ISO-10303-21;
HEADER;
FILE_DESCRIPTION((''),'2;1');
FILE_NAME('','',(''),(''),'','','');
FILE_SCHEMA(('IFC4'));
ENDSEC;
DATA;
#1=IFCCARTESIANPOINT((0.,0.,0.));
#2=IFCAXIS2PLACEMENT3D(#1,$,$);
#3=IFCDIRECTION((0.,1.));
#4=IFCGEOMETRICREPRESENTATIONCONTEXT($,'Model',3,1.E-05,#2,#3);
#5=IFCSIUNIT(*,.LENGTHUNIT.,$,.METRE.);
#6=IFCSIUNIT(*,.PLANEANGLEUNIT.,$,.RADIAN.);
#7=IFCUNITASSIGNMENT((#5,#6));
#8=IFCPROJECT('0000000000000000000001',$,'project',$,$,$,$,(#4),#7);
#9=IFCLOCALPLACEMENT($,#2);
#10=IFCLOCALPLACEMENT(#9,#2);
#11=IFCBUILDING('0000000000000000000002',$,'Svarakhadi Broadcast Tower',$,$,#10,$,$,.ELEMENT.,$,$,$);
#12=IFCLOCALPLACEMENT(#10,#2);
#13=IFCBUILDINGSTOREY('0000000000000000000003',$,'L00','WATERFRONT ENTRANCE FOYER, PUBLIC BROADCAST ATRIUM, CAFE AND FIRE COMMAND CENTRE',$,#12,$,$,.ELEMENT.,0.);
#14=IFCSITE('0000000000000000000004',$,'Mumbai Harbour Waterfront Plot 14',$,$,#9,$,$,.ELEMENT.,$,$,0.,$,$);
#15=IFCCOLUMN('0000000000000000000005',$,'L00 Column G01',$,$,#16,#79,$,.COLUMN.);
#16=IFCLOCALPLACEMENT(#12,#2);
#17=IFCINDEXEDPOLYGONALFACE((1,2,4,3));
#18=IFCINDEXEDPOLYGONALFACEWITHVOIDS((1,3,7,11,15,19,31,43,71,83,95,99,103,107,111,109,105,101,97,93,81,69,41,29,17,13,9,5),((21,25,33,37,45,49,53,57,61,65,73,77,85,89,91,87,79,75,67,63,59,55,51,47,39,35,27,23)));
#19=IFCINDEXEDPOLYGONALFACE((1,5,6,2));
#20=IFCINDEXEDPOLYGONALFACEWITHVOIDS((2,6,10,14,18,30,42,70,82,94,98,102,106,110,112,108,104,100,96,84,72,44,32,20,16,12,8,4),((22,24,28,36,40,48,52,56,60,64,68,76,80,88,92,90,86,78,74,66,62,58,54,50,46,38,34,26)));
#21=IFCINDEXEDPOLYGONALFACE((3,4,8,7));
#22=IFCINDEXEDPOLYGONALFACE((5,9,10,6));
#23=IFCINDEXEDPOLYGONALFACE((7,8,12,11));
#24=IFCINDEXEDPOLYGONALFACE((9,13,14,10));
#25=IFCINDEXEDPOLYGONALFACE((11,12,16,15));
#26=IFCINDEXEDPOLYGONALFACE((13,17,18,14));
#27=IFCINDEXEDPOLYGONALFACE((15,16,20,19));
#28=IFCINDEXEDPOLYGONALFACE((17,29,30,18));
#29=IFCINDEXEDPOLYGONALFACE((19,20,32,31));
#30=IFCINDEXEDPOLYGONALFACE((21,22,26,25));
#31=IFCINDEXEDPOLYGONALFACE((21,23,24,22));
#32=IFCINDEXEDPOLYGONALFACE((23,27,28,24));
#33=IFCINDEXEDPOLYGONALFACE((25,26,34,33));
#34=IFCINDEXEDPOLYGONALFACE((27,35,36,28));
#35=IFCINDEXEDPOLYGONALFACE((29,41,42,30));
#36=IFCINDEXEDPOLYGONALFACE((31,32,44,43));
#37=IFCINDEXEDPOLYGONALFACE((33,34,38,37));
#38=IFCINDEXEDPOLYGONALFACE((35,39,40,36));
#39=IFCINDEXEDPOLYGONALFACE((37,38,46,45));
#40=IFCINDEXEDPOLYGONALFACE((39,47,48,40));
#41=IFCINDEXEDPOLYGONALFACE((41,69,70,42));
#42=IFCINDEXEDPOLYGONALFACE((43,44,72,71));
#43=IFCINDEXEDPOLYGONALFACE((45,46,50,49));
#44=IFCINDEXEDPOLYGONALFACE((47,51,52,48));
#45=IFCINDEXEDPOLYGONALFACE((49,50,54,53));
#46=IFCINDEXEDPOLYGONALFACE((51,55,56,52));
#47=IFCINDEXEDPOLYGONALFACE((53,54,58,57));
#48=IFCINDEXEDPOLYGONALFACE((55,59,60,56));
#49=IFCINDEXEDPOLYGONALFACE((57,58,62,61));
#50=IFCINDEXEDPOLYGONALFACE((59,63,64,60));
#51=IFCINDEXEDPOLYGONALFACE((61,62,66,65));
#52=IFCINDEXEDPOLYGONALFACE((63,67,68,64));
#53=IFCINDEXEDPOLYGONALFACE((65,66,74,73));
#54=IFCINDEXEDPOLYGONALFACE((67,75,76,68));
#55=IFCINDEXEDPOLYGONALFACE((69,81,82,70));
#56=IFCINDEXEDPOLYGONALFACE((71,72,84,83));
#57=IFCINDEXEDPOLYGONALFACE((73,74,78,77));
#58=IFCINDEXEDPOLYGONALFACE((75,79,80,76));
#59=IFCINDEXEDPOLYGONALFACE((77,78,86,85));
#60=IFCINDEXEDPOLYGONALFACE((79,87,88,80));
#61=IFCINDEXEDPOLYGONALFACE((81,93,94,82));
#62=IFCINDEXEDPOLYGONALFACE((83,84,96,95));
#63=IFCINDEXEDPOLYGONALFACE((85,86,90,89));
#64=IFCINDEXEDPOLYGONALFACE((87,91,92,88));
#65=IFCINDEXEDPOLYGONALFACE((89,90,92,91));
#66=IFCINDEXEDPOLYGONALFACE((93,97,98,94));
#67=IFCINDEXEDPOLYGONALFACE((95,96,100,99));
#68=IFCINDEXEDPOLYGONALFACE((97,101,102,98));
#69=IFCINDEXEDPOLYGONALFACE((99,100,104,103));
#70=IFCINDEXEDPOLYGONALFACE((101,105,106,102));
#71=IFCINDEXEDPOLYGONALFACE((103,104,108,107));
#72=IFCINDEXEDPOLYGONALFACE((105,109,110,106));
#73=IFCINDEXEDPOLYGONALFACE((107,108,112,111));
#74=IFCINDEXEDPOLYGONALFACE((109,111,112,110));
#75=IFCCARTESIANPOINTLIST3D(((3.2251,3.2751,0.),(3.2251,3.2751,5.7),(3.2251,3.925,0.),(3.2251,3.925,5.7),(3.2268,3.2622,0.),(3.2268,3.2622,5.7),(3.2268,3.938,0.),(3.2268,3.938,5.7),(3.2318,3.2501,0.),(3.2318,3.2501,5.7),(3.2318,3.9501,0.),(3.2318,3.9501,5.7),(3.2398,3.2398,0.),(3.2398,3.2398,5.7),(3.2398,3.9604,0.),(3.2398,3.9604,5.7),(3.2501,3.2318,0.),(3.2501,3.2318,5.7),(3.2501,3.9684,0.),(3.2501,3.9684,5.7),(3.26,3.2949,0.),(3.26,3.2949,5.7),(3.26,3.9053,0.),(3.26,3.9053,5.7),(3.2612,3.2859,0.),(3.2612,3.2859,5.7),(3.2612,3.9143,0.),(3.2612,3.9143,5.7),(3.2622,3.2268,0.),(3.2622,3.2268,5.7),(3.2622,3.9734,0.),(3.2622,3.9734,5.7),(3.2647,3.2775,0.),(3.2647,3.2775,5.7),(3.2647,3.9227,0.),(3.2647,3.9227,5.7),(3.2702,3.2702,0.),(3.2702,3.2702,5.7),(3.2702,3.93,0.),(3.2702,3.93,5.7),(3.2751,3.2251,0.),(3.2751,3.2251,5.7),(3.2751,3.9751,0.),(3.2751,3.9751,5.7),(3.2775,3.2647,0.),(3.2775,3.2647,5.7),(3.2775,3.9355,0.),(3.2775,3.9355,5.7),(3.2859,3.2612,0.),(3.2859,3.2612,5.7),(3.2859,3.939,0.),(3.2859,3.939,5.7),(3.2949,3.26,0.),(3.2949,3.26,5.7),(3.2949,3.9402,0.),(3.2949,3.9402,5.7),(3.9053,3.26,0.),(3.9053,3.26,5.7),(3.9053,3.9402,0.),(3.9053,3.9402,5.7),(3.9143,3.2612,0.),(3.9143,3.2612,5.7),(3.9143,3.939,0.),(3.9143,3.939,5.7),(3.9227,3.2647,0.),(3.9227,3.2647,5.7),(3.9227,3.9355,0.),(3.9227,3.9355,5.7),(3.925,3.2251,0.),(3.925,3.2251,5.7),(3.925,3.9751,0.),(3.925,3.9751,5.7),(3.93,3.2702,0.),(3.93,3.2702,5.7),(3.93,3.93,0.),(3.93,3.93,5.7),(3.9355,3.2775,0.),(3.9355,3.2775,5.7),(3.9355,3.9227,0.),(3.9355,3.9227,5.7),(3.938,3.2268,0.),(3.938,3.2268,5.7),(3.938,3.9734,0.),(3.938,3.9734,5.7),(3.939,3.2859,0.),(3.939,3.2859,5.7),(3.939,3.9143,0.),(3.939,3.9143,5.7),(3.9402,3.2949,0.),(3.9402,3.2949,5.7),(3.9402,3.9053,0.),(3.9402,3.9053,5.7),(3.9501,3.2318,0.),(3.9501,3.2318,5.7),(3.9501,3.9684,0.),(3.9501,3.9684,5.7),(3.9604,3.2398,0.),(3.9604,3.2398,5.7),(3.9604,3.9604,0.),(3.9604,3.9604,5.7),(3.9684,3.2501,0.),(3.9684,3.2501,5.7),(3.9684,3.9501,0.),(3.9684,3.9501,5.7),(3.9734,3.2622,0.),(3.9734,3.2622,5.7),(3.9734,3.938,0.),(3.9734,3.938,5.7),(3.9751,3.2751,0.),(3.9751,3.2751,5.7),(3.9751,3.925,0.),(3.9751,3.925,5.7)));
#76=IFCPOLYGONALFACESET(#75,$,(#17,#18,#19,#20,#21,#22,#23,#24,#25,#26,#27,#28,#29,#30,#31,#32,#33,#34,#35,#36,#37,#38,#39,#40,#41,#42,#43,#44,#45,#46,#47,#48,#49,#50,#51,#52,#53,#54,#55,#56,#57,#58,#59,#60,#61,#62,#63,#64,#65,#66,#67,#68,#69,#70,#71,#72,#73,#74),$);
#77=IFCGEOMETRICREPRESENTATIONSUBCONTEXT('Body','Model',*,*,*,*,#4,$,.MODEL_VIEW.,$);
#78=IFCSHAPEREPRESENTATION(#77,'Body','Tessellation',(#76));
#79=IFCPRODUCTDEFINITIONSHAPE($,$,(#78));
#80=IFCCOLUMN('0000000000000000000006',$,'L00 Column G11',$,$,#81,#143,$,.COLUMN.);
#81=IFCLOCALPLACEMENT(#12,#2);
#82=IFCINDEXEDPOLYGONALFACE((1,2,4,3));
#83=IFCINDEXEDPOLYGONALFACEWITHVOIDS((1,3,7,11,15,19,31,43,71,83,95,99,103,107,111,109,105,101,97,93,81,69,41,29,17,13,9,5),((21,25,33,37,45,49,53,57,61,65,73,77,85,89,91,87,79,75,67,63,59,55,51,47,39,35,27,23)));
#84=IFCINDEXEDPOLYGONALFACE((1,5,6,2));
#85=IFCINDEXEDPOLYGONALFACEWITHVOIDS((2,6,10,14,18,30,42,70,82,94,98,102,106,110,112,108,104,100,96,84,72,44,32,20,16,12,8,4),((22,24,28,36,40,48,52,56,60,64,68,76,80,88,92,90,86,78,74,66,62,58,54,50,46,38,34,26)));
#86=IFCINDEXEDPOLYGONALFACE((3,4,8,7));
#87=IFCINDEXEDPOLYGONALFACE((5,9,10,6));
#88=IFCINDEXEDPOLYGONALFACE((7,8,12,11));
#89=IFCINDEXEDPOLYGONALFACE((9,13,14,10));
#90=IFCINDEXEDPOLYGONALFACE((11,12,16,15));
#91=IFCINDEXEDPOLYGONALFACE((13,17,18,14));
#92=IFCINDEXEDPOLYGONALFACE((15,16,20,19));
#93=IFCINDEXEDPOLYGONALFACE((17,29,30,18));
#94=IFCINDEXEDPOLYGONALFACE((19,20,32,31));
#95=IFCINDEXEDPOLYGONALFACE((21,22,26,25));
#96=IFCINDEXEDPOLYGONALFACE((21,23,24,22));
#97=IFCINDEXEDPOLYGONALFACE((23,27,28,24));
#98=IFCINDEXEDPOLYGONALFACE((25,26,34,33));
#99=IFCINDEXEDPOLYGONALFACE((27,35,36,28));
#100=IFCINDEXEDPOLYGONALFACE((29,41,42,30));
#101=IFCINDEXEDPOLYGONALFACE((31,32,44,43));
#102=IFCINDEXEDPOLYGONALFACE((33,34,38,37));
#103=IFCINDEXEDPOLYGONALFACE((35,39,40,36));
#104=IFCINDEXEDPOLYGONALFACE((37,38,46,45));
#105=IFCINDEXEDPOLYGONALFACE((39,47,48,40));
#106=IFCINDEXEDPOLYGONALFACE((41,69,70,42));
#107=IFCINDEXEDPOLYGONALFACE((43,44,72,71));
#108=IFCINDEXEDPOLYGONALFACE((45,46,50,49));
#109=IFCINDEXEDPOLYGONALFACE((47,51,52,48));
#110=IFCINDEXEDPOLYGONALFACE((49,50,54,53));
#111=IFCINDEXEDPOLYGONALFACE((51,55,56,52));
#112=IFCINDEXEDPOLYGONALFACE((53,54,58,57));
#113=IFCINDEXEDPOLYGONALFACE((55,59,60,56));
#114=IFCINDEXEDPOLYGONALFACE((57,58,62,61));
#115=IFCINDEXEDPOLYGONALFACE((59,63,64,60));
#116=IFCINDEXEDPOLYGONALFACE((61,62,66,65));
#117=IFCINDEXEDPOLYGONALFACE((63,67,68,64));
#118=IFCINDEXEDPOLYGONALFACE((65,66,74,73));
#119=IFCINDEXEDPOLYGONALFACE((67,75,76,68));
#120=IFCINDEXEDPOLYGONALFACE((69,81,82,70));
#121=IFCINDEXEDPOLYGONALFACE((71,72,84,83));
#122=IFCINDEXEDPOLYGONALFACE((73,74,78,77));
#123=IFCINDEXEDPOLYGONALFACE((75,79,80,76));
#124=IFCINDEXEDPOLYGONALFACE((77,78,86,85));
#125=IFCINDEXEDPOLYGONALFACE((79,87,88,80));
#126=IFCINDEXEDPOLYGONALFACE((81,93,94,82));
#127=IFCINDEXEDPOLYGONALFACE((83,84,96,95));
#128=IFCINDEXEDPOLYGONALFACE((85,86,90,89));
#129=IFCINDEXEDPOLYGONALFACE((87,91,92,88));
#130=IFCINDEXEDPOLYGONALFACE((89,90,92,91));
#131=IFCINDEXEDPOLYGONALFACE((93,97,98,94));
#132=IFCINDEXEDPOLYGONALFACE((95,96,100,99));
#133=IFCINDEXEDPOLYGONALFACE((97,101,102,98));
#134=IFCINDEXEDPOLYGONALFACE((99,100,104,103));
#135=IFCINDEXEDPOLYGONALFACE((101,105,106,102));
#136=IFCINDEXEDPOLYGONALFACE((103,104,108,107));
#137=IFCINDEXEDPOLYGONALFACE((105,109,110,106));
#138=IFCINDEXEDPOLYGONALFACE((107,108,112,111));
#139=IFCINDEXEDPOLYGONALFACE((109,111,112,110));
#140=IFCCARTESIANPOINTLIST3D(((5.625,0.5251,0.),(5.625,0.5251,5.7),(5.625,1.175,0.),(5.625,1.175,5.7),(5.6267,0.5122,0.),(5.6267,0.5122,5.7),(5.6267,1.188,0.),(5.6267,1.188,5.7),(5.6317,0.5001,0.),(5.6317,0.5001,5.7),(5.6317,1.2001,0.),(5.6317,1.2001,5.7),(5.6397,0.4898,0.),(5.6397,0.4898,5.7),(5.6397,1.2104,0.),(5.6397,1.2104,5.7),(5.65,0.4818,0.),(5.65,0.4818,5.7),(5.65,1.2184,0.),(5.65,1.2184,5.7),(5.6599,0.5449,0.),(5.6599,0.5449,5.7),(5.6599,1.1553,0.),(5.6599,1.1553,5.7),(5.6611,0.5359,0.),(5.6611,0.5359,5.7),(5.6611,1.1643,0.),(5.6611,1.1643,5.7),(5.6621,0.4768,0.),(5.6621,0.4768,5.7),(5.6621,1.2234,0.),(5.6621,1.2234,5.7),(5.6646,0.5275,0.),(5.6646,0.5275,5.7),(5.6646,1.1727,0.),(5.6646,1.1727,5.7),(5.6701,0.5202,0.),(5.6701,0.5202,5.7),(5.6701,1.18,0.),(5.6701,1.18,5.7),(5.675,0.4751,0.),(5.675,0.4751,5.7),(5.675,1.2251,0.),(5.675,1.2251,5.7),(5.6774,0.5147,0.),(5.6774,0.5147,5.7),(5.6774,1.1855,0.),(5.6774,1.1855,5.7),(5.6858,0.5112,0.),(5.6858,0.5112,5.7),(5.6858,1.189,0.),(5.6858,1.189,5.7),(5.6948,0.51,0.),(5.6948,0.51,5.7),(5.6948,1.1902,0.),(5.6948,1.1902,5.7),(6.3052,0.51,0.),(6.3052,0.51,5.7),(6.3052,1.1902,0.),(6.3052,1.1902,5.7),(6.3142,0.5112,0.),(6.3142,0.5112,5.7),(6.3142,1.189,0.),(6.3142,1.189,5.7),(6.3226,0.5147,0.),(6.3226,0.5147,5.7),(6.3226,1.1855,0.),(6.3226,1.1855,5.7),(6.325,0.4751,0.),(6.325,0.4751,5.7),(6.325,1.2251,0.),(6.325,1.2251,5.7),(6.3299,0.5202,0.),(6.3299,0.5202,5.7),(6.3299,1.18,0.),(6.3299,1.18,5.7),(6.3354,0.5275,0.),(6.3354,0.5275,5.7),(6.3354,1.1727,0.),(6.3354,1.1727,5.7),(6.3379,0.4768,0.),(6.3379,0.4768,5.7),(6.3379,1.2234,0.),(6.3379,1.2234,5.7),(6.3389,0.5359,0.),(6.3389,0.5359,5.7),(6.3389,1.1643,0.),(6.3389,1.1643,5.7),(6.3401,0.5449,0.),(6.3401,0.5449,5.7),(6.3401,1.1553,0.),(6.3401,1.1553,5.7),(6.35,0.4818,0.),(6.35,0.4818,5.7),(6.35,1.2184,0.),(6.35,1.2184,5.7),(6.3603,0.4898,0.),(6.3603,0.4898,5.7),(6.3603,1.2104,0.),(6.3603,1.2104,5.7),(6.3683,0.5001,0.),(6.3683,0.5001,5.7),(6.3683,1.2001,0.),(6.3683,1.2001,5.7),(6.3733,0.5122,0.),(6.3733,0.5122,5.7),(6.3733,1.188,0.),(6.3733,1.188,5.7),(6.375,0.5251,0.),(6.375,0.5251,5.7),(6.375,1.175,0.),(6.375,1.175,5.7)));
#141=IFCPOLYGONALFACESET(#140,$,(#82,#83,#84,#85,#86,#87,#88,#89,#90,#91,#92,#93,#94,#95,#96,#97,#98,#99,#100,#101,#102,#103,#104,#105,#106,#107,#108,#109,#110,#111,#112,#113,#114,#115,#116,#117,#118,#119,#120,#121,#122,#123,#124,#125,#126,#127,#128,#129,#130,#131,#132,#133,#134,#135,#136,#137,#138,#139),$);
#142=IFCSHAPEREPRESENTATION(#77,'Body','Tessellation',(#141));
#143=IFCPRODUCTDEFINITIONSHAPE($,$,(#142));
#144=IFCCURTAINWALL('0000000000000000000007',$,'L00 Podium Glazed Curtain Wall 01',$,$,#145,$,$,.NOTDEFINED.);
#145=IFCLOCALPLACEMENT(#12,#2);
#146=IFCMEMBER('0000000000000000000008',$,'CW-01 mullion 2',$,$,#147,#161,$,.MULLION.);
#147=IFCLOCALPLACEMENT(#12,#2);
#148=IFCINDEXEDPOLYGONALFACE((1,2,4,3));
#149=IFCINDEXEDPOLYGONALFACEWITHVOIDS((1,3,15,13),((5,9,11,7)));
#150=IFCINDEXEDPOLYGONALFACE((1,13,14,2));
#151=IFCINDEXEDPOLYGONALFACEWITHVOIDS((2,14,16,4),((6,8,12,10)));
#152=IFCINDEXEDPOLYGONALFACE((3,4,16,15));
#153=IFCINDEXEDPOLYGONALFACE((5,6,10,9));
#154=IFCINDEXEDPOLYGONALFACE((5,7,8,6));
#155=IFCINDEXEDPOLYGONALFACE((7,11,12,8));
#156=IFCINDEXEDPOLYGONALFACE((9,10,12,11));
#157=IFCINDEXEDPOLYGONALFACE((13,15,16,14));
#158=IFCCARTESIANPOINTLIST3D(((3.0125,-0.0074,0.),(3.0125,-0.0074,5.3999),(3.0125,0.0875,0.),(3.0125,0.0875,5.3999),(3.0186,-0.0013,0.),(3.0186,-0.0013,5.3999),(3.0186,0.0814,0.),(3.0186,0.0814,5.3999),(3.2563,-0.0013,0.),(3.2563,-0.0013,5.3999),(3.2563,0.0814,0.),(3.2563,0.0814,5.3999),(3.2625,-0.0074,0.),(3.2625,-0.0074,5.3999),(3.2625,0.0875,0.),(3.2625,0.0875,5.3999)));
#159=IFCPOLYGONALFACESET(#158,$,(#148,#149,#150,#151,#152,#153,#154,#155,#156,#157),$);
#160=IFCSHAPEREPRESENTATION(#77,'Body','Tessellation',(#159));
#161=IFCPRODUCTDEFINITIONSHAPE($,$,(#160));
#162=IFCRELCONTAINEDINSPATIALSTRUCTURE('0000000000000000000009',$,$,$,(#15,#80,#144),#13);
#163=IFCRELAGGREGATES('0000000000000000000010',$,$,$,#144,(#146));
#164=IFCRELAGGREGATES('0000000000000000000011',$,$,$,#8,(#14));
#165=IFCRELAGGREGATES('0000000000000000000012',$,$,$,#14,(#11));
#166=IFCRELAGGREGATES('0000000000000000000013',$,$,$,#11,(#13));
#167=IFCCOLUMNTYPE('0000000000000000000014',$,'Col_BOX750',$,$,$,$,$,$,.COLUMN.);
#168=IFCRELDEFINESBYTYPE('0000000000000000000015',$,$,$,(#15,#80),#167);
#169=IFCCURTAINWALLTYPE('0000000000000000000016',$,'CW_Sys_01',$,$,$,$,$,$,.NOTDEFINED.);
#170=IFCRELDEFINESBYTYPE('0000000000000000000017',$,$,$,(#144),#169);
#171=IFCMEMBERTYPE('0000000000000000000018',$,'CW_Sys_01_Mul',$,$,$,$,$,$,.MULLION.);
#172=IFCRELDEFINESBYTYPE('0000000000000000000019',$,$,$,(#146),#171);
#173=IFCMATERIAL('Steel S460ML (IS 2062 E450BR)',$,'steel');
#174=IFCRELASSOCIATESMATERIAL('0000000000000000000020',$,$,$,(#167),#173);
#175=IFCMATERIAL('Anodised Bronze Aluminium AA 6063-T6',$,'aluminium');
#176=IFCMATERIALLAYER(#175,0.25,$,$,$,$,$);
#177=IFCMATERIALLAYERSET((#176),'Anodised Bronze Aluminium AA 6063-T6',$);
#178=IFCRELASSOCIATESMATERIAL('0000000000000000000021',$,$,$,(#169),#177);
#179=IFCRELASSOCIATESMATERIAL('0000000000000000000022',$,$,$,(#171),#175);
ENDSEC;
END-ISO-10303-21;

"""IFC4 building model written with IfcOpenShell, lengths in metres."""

from ifc_helpers import new_model, si_unit, direction, frame, origin, origin_2d, place, context, subcontext, project, spatial, hollow_rectangle, extrude, material, layer, layer_set, material_profile, profile_set, type_object, element, aggregate, save


model = new_model("IFC4")

# Units and contexts
model_context = context("Model", 3, precision=1e-05, world=origin(), true_north=direction((0.0, 1.0)))
body_context = subcontext(model_context, "Body", "Model", "MODEL_VIEW")
ifc_project = project(units=[si_unit("LENGTHUNIT", "METRE"), si_unit("PLANEANGLEUNIT", "RADIAN")], contexts=[model_context])

# Site, building, storey
site_placement = place(None, origin())
site = spatial("IfcSite", under=ifc_project, at=site_placement, Name="Mumbai Harbour Waterfront Plot 14", CompositionType="ELEMENT", RefElevation=0.0)
building_placement = place(site_placement, origin())
building = spatial("IfcBuilding", under=site, at=building_placement, Name="Svarakhadi Broadcast Tower", CompositionType="ELEMENT")
storey_placement = place(building_placement, origin())
storey = spatial("IfcBuildingStorey", under=building, at=storey_placement, Name="L00", Description="WATERFRONT ENTRANCE FOYER, PUBLIC BROADCAST ATRIUM, CAFE AND FIRE COMMAND CENTRE", CompositionType="ELEMENT", Elevation=0.0)

# Columns
ifc_material_1 = material(Name="Steel S460ML (IS 2062 E450BR)", Category="steel")
ifc_material_profile_1 = material_profile(ifc_material_1, hollow_rectangle(XDim=0.75, YDim=0.75, WallThickness=0.0349, InnerFilletRadius=0.0349, OuterFilletRadius=0.05, at=origin_2d()), Name="BOX 750x750x35")
ifc_profile_set_1 = profile_set([ifc_material_profile_1], Name="Steel S460ML (IS 2062 E450BR)")
column_type = type_object("IfcColumnType", Name="Col_BOX750", PredefinedType="COLUMN", material=ifc_profile_set_1)
for number, where, z_axis, x_axis, name in (
    (1, (3.6001, 3.6001, 0.0), (0.0, 0.0, 1.0), (1.0, 0.0, 0.0), "L00 Column G01"),
    (2, (6.0, 0.8501, 0.0), (0.0, 0.0, 1.0), (1.0, 0.0, 0.0), "L00 Column G11"),
):
    element("IfcColumn", number, at=place(storey_placement, frame(where, z_axis=z_axis, x_axis=x_axis)), inside=storey, type_object=column_type, Name=name, PredefinedType="COLUMN", context=body_context, shape_type="SweptSolid", body=[
        extrude(hollow_rectangle(XDim=0.75, YDim=0.75, WallThickness=0.0349, InnerFilletRadius=0.0349, OuterFilletRadius=0.05, at=origin_2d()), origin(), (0.0, 0.0, 1.0), 5.7),
    ])

# Curtain wall, member
ifc_material_2 = material(Name="Anodised Bronze Aluminium AA 6063-T6", Category="aluminium")
ifc_layer_1 = layer(ifc_material_2, 0.25)
ifc_layer_set_1 = layer_set([ifc_layer_1], Name="Anodised Bronze Aluminium AA 6063-T6")
curtain_wall_type = type_object("IfcCurtainWallType", Name="CW_Sys_01", PredefinedType="NOTDEFINED", material=ifc_layer_set_1)
curtain_wall_placement = place(storey_placement, origin())
curtain_wall = element("IfcCurtainWall", 3, at=curtain_wall_placement, inside=storey, type_object=curtain_wall_type, Name="L00 Podium Glazed Curtain Wall 01", PredefinedType="NOTDEFINED")
ifc_material_profile_2 = material_profile(ifc_material_2, hollow_rectangle(XDim=0.095, YDim=0.25, WallThickness=0.0061, at=origin_2d()), Name="ALU MULLION 250x95x6")
ifc_profile_set_2 = profile_set([ifc_material_profile_2], Name="Anodised Bronze Aluminium AA 6063-T6")
member_type = type_object("IfcMemberType", Name="CW_Sys_01_Mul", PredefinedType="MULLION", material=ifc_profile_set_2)
member_placement = place(storey_placement, frame((3.1375, 0.04, 0.0), z_axis=(0.0, 0.0, 1.0), x_axis=(0.0, -1.0, 0.0)))
member = element("IfcMember", 4, at=member_placement, type_object=member_type, Name="CW-01 mullion 2", PredefinedType="MULLION", context=body_context, shape_type="SweptSolid", body=[
    extrude(hollow_rectangle(XDim=0.095, YDim=0.25, WallThickness=0.0061, at=origin_2d()), origin(), (0.0, 0.0, 1.0), 5.3999),
])
aggregate(curtain_wall, [member])

save(model, "model.ifc")
